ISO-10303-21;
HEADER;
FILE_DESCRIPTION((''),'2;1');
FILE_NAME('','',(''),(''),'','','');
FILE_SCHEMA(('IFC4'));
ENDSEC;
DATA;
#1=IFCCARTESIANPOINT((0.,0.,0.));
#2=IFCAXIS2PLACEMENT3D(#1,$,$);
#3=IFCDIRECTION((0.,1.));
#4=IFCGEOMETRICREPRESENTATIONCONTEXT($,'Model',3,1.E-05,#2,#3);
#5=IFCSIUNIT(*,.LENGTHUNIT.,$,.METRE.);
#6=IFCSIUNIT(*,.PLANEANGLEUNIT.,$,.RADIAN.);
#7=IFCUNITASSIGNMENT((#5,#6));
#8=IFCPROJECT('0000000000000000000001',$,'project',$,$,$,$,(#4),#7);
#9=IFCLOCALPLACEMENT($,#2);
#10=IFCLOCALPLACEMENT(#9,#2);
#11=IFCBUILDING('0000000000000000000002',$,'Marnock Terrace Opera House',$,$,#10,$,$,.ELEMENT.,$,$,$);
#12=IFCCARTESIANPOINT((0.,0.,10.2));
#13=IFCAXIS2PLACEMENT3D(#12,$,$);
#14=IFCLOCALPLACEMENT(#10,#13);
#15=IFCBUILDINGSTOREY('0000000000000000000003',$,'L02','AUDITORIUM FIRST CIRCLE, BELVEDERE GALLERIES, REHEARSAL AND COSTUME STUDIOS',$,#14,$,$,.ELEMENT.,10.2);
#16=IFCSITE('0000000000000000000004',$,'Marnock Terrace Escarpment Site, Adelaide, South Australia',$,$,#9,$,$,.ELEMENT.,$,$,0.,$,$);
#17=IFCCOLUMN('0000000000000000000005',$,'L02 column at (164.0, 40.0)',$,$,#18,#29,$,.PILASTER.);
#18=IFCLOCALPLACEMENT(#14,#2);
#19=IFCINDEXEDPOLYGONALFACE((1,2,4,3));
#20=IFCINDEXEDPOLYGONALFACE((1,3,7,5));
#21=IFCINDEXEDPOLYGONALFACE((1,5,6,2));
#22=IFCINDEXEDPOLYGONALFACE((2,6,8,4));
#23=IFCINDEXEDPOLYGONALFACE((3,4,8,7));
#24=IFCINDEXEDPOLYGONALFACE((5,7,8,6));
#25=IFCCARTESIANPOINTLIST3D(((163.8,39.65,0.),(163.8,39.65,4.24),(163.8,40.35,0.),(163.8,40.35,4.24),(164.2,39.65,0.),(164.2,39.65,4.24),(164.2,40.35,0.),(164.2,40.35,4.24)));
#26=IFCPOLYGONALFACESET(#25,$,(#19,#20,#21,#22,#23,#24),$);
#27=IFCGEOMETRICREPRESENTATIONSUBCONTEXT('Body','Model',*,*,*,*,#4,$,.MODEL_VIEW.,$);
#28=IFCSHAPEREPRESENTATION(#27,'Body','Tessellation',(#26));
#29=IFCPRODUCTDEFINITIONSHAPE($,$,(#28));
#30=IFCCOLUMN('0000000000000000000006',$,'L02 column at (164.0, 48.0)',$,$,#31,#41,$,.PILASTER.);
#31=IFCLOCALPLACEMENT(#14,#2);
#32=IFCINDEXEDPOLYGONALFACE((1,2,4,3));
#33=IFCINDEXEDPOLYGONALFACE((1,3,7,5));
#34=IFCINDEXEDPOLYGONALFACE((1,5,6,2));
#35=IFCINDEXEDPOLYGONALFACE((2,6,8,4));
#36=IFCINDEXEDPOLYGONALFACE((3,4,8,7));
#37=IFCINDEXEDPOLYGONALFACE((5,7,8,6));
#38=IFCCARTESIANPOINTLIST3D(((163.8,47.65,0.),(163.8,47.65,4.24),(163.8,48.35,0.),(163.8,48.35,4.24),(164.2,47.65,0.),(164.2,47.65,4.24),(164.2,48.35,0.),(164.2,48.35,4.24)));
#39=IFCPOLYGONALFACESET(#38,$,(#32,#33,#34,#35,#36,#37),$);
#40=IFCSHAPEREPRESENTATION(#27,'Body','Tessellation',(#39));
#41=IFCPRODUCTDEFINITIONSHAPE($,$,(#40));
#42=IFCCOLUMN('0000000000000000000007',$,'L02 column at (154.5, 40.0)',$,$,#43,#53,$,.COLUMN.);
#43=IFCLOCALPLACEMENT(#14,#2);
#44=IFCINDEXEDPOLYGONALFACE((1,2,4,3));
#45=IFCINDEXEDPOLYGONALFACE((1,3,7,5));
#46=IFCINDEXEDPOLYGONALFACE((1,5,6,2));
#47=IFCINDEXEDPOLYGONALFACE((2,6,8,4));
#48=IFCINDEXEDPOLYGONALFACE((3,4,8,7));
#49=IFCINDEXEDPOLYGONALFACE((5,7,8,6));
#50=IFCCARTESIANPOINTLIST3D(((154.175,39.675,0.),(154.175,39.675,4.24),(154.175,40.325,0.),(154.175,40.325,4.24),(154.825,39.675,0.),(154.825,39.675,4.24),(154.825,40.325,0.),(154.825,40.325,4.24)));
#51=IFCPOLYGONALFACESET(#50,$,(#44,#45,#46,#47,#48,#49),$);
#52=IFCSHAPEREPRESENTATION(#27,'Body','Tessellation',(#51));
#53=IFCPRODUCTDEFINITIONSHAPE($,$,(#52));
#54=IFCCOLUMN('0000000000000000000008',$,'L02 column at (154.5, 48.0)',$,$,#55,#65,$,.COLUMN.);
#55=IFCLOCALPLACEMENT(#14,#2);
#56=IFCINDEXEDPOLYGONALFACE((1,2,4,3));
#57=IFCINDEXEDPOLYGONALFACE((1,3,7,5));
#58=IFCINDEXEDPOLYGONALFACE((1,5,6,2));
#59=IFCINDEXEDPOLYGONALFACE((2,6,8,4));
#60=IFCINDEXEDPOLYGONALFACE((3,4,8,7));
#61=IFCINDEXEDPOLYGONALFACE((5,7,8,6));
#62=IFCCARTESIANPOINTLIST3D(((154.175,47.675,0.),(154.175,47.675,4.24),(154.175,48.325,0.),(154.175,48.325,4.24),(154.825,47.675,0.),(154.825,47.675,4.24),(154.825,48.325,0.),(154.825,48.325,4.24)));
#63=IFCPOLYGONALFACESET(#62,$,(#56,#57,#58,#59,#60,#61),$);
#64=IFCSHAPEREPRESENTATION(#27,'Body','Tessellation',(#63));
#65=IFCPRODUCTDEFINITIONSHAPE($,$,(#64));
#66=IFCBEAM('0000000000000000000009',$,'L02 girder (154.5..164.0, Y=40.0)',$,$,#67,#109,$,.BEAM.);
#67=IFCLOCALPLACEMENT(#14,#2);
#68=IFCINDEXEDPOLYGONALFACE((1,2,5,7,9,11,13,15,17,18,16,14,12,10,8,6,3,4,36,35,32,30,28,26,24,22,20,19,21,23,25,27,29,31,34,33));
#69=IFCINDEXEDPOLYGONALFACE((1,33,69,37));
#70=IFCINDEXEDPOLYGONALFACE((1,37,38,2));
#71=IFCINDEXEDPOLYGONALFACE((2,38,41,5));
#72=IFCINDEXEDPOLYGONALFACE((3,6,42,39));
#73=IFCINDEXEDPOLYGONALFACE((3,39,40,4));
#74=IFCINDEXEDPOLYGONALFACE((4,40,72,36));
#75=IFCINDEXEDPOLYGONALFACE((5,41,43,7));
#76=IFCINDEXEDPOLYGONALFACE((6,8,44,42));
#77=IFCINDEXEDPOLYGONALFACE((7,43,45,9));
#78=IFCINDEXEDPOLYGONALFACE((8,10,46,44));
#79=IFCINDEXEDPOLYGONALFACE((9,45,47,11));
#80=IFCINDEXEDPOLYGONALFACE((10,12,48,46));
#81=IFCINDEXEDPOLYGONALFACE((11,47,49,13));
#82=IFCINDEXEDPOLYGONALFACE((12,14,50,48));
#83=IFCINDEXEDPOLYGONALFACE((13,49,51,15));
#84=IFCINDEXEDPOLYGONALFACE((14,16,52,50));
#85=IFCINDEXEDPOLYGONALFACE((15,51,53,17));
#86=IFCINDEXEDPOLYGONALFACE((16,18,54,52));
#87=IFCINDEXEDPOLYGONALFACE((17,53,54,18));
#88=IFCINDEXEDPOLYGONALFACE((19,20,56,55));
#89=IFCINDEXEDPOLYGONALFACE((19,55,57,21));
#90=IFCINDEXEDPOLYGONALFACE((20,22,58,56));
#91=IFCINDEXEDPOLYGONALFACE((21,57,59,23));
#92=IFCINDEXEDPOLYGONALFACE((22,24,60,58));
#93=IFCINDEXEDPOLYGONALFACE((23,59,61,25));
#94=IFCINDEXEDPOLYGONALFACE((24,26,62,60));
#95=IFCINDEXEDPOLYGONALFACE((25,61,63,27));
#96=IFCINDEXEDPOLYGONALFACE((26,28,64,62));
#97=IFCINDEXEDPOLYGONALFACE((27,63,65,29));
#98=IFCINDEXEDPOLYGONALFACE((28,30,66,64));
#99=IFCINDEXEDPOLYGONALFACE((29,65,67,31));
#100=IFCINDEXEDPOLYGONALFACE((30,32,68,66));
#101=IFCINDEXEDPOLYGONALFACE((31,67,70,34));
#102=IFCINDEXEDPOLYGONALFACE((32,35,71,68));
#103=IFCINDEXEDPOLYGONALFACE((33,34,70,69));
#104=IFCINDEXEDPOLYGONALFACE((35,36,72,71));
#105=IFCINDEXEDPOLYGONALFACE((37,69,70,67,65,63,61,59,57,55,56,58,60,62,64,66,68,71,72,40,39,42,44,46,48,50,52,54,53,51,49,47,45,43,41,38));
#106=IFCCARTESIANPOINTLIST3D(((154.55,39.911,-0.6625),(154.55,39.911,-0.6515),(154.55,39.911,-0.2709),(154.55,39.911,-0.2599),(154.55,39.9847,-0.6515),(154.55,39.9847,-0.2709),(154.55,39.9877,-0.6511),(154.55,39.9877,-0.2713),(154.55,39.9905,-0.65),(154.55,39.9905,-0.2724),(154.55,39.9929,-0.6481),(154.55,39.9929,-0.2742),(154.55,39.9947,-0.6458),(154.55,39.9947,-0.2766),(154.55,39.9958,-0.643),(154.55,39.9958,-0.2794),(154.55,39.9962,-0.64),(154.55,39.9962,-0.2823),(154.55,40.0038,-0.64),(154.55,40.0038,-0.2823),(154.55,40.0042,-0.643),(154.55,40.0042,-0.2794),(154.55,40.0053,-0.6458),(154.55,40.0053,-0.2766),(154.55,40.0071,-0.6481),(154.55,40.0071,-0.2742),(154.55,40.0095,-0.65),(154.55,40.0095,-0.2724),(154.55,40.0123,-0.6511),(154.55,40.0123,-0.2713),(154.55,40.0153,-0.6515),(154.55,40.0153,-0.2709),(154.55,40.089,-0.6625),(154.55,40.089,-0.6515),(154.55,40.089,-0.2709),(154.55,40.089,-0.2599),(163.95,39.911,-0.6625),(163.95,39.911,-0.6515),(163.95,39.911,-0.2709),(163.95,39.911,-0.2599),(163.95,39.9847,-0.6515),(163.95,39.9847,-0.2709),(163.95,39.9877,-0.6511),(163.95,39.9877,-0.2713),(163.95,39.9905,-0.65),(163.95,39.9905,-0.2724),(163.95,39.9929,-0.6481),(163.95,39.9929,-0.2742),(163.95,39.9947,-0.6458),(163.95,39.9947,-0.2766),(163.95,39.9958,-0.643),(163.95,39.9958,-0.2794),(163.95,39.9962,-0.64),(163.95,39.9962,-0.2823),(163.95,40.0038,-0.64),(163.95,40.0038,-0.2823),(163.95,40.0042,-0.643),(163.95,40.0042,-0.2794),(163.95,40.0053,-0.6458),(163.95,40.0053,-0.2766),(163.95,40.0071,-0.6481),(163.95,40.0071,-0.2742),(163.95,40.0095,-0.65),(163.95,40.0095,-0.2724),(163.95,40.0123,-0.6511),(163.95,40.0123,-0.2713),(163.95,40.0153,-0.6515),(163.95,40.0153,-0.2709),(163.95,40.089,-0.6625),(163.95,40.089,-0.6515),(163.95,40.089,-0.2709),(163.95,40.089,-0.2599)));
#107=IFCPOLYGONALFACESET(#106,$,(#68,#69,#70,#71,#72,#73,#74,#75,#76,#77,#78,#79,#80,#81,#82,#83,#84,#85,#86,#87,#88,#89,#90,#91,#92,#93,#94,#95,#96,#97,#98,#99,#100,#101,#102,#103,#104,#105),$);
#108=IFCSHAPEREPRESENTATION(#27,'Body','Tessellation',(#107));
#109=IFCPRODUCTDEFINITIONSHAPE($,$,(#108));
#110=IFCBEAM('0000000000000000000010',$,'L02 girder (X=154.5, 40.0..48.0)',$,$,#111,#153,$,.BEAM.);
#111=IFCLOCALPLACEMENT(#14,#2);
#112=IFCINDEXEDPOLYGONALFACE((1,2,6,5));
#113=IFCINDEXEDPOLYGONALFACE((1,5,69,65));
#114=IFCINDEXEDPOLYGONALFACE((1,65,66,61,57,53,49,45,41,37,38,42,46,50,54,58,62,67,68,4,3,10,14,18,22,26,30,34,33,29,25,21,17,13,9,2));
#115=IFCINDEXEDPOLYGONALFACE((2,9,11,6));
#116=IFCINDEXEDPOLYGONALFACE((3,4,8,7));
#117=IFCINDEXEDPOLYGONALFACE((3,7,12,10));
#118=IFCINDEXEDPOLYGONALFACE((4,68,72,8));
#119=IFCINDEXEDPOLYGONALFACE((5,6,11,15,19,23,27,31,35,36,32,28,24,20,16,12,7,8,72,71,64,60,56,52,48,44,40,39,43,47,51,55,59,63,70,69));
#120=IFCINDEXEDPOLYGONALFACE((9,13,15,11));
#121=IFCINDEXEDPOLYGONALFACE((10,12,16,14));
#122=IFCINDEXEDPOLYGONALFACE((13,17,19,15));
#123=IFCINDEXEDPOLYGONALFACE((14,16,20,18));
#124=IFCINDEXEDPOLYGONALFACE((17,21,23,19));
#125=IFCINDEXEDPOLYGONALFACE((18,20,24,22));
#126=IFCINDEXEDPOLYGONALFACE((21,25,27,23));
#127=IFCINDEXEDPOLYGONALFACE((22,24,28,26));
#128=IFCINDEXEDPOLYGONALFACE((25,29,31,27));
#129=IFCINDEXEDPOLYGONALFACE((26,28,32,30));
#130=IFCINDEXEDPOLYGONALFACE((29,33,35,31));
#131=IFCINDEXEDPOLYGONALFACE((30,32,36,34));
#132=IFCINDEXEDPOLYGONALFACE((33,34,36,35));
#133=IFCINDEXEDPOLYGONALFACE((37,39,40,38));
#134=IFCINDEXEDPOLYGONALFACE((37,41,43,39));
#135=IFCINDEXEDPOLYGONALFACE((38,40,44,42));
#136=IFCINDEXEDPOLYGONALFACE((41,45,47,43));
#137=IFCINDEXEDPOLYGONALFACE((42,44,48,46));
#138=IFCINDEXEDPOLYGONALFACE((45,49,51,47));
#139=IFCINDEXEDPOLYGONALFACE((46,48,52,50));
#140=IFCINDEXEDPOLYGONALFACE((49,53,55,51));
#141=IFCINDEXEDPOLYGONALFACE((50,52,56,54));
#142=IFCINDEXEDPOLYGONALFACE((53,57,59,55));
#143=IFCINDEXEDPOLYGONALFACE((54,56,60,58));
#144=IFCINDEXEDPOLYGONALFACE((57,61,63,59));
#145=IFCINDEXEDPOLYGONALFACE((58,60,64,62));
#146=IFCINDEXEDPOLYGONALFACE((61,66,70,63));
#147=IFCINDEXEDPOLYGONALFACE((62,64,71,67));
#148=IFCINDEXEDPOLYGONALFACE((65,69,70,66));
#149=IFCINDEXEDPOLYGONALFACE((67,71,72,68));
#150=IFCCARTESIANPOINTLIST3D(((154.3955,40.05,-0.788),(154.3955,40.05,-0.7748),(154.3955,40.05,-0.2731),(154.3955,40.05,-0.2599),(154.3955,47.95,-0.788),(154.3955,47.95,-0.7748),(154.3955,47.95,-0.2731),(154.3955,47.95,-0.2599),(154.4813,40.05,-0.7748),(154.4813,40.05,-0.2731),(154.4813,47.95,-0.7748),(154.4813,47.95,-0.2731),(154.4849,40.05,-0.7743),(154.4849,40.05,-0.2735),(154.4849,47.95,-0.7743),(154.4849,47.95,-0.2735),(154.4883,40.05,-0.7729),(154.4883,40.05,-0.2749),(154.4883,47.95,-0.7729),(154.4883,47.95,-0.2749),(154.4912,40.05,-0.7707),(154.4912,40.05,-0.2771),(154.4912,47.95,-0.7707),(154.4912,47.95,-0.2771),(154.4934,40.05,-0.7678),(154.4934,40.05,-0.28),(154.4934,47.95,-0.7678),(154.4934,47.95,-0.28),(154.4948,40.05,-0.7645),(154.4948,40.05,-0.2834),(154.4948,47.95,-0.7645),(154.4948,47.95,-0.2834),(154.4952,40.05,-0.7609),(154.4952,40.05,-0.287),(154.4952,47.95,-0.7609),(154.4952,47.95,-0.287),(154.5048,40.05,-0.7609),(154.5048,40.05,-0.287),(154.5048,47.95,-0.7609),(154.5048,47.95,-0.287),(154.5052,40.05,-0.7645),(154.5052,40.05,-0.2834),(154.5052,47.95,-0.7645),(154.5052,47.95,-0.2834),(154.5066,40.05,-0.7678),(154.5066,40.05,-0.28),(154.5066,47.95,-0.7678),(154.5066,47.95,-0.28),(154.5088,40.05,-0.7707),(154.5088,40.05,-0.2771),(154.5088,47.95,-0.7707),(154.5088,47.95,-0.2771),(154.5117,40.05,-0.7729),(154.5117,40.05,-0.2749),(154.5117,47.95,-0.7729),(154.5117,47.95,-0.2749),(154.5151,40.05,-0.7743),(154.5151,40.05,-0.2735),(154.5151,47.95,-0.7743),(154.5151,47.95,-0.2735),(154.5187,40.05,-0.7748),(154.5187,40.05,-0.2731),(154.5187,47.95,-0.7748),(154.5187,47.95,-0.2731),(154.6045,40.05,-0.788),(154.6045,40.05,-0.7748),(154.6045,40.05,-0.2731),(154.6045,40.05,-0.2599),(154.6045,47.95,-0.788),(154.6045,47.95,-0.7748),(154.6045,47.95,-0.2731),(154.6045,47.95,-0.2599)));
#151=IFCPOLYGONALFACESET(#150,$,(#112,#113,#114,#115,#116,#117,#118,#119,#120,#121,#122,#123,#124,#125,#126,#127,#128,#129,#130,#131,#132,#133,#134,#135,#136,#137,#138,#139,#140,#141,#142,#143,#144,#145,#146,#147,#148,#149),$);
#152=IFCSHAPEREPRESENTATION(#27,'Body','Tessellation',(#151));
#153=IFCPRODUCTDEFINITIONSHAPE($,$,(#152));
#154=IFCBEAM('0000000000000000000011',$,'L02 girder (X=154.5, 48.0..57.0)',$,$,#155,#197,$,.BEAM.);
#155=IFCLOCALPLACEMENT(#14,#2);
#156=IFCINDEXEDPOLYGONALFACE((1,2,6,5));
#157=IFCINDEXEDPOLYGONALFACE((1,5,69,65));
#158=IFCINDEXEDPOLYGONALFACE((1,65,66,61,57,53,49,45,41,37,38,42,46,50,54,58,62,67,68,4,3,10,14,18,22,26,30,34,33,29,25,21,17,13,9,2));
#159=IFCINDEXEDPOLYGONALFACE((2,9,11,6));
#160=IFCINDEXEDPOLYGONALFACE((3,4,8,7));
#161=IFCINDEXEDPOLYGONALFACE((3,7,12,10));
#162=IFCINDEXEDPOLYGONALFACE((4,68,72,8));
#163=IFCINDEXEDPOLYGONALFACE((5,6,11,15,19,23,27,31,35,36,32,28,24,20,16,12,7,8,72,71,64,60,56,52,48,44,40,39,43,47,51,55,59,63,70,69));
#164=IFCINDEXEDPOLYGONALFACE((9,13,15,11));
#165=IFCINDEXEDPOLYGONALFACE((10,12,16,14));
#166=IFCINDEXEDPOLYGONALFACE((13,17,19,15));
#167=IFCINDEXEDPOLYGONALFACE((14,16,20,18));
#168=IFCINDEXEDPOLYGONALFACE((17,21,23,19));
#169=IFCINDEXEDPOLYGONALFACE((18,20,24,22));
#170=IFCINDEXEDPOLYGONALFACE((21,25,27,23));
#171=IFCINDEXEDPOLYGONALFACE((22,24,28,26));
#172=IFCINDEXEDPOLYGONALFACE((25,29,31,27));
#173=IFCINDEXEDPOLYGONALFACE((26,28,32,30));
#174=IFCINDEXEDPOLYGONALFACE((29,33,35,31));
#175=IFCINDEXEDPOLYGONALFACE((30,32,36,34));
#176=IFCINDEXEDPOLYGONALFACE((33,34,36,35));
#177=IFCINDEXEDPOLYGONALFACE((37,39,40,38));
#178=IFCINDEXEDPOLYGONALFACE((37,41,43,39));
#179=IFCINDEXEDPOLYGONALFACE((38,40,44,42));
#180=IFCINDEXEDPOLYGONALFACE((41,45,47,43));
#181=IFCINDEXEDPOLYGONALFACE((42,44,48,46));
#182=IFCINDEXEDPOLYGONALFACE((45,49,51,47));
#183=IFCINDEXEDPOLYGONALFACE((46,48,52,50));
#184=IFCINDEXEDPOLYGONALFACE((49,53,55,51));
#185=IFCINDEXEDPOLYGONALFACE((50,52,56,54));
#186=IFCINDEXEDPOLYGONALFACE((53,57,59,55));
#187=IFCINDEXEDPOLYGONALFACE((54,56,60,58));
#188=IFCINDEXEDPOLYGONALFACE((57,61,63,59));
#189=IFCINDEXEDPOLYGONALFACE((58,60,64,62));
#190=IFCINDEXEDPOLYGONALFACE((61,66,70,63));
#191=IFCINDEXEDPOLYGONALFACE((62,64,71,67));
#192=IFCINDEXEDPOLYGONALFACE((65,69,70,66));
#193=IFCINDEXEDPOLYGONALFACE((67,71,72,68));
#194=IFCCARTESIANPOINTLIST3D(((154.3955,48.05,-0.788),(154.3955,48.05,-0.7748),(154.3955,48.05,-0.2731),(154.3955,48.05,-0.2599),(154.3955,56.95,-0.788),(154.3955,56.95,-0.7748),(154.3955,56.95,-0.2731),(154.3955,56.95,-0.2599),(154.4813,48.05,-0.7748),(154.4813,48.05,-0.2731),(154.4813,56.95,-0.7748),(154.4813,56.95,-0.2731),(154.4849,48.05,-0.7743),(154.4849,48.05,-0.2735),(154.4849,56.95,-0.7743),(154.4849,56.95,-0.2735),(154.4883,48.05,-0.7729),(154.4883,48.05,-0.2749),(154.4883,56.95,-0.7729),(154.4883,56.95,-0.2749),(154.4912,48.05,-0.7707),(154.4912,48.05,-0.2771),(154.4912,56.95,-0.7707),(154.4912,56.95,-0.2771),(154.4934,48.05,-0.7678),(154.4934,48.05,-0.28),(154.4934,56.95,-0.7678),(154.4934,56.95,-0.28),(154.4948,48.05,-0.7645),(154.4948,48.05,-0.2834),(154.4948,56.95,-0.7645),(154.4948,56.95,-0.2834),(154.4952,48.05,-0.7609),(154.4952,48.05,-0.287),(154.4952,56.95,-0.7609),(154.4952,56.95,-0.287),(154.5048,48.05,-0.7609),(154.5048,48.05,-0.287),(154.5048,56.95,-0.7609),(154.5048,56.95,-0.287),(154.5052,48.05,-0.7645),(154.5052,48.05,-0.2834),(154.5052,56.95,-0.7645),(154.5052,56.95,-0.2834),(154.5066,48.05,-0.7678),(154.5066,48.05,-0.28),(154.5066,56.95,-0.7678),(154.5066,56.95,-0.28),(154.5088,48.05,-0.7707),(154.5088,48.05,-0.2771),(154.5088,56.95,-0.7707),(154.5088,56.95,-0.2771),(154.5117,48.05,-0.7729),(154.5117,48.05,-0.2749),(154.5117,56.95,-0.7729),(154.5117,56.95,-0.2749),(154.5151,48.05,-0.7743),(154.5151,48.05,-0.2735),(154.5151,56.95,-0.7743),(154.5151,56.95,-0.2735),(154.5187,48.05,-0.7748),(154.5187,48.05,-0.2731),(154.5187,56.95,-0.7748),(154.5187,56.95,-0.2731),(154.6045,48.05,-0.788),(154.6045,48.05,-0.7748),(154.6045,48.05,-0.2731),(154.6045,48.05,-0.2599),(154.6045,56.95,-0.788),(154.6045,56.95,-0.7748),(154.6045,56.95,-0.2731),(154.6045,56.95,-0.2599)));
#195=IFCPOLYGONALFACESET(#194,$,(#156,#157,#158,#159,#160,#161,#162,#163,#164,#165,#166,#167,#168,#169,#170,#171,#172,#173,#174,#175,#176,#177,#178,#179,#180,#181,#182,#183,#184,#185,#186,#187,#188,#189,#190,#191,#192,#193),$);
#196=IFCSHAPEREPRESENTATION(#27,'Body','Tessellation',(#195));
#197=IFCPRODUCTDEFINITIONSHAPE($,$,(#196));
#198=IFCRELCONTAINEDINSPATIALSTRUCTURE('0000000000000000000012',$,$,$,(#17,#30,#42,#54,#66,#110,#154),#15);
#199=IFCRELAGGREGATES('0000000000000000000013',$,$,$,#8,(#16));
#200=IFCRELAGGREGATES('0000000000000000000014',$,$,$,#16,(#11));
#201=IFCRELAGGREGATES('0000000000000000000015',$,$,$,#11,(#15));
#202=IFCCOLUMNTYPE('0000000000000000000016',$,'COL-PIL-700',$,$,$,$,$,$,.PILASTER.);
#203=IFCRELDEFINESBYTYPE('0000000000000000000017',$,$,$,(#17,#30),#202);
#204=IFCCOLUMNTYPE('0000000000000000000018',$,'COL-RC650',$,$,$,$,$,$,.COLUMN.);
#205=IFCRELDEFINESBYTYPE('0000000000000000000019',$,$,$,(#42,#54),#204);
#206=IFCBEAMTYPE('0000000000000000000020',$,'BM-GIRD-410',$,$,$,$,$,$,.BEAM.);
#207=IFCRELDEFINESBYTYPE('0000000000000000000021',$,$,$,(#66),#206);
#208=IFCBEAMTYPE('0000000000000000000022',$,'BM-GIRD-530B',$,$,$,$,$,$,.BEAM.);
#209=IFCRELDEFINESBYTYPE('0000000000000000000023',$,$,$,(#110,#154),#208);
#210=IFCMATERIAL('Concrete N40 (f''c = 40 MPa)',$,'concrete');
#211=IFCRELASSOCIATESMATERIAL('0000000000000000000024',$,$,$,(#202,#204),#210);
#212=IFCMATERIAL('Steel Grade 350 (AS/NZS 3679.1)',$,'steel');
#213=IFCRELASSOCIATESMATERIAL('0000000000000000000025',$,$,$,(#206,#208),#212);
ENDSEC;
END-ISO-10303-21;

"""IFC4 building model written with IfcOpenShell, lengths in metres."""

from ifc_helpers import new_model, si_unit, direction, frame, origin, origin_2d, place, context, subcontext, project, spatial, rectangle, i_section, extrude, material, material_profile, profile_set, type_object, element, save


model = new_model("IFC4")

# Units and contexts
model_context = context("Model", 3, precision=1e-05, world=origin(), true_north=direction((0.0, 1.0)))
body_context = subcontext(model_context, "Body", "Model", "MODEL_VIEW")
ifc_project = project(units=[si_unit("LENGTHUNIT", "METRE"), si_unit("PLANEANGLEUNIT", "RADIAN")], contexts=[model_context])

# Site, building, storey
site_placement = place(None, origin())
site = spatial("IfcSite", under=ifc_project, at=site_placement, Name="Marnock Terrace Escarpment Site, Adelaide, South Australia", CompositionType="ELEMENT", RefElevation=0.0)
building_placement = place(site_placement, origin())
building = spatial("IfcBuilding", under=site, at=building_placement, Name="Marnock Terrace Opera House", CompositionType="ELEMENT")
storey_placement = place(building_placement, frame((0.0, 0.0, 10.2)))
storey = spatial("IfcBuildingStorey", under=building, at=storey_placement, Name="L02", Description="AUDITORIUM FIRST CIRCLE, BELVEDERE GALLERIES, REHEARSAL AND COSTUME STUDIOS", CompositionType="ELEMENT", Elevation=10.2)

# Columns
ifc_material_1 = material(Name="Concrete N40 (f'c = 40 MPa)", Category="concrete")
ifc_material_profile_1 = material_profile(ifc_material_1, rectangle(XDim=0.3999, YDim=0.7, at=origin_2d()))
ifc_profile_set_1 = profile_set([ifc_material_profile_1], Name="Concrete N40 (f'c = 40 MPa)")
column_type_1 = type_object("IfcColumnType", Name="COL-PIL-700", PredefinedType="PILASTER", material=ifc_profile_set_1)
for number, where, z_axis, x_axis, name in (
    (1, (164.0, 40.0, 0.0), (0.0, 0.0, 1.0), (1.0, 0.0, 0.0), "L02 column at (164.0, 40.0)"),
    (2, (164.0, 48.0, 0.0), (0.0, 0.0, 1.0), (1.0, 0.0, 0.0), "L02 column at (164.0, 48.0)"),
):
    element("IfcColumn", number, at=place(storey_placement, frame(where, z_axis=z_axis, x_axis=x_axis)), inside=storey, type_object=column_type_1, Name=name, PredefinedType="PILASTER", context=body_context, shape_type="SweptSolid", body=[
        extrude(rectangle(XDim=0.3999, YDim=0.7, at=origin_2d()), origin(), (0.0, 0.0, 1.0), 4.24),
    ])
ifc_material_profile_2 = material_profile(ifc_material_1, rectangle(XDim=0.6499, YDim=0.6499, at=origin_2d()))
ifc_profile_set_2 = profile_set([ifc_material_profile_2], Name="Concrete N40 (f'c = 40 MPa)")
column_type_2 = type_object("IfcColumnType", Name="COL-RC650", PredefinedType="COLUMN", material=ifc_profile_set_2)
for number, where, z_axis, x_axis, name in (
    (3, (154.5, 40.0, 0.0), (0.0, 0.0, 1.0), (1.0, 0.0, 0.0), "L02 column at (154.5, 40.0)"),
    (4, (154.5, 48.0, 0.0), (0.0, 0.0, 1.0), (1.0, 0.0, 0.0), "L02 column at (154.5, 48.0)"),
):
    element("IfcColumn", number, at=place(storey_placement, frame(where, z_axis=z_axis, x_axis=x_axis)), inside=storey, type_object=column_type_2, Name=name, PredefinedType="COLUMN", context=body_context, shape_type="SweptSolid", body=[
        extrude(rectangle(XDim=0.6499, YDim=0.6499, at=origin_2d()), origin(), (0.0, 0.0, 1.0), 4.24),
    ])

# Beams
ifc_material_2 = material(Name="Steel Grade 350 (AS/NZS 3679.1)", Category="steel")
ifc_material_profile_3 = material_profile(ifc_material_2, i_section(OverallWidth=0.178, OverallDepth=0.4026, WebThickness=0.0076, FlangeThickness=0.011, FilletRadius=0.0115, at=origin_2d()))
ifc_profile_set_3 = profile_set([ifc_material_profile_3], Name="Steel Grade 350 (AS/NZS 3679.1)")
beam_type_1 = type_object("IfcBeamType", Name="BM-GIRD-410", PredefinedType="BEAM", material=ifc_profile_set_3)
beam_1_placement = place(storey_placement, frame((154.55, 40.0, -0.4612), z_axis=(1.0, 0.0, 0.0), x_axis=(0.0, 1.0, 0.0)))
element("IfcBeam", 5, at=beam_1_placement, inside=storey, type_object=beam_type_1, Name="L02 girder (154.5..164.0, Y=40.0)", PredefinedType="BEAM", context=body_context, shape_type="SweptSolid", body=[
    extrude(i_section(OverallWidth=0.178, OverallDepth=0.4026, WebThickness=0.0076, FlangeThickness=0.011, FilletRadius=0.0115, at=origin_2d()), origin(), (0.0, 0.0, 1.0), 9.3999),
])
ifc_material_profile_4 = material_profile(ifc_material_2, i_section(OverallWidth=0.209, OverallDepth=0.5281, WebThickness=0.0095, FlangeThickness=0.0132, FilletRadius=0.0139, at=origin_2d()))
ifc_profile_set_4 = profile_set([ifc_material_profile_4], Name="Steel Grade 350 (AS/NZS 3679.1)")
beam_type_2 = type_object("IfcBeamType", Name="BM-GIRD-530B", PredefinedType="BEAM", material=ifc_profile_set_4)
beam_2_placement = place(storey_placement, frame((154.5, 40.05, -0.5239), z_axis=(0.0, 1.0, 0.0), x_axis=(-1.0, 0.0, 0.0)))
element("IfcBeam", 6, at=beam_2_placement, inside=storey, type_object=beam_type_2, Name="L02 girder (X=154.5, 40.0..48.0)", PredefinedType="BEAM", context=body_context, shape_type="SweptSolid", body=[
    extrude(i_section(OverallWidth=0.209, OverallDepth=0.5281, WebThickness=0.0095, FlangeThickness=0.0132, FilletRadius=0.0139, at=origin_2d()), origin(), (0.0, 0.0, 1.0), 7.8999),
])
beam_3_placement = place(storey_placement, frame((154.5, 48.05, -0.5239), z_axis=(0.0, 1.0, 0.0), x_axis=(-1.0, 0.0, 0.0)))
element("IfcBeam", 7, at=beam_3_placement, inside=storey, type_object=beam_type_2, Name="L02 girder (X=154.5, 48.0..57.0)", PredefinedType="BEAM", context=body_context, shape_type="SweptSolid", body=[
    extrude(i_section(OverallWidth=0.209, OverallDepth=0.5281, WebThickness=0.0095, FlangeThickness=0.0132, FilletRadius=0.0139, at=origin_2d()), origin(), (0.0, 0.0, 1.0), 8.8999),
])

save(model, "model.ifc")
